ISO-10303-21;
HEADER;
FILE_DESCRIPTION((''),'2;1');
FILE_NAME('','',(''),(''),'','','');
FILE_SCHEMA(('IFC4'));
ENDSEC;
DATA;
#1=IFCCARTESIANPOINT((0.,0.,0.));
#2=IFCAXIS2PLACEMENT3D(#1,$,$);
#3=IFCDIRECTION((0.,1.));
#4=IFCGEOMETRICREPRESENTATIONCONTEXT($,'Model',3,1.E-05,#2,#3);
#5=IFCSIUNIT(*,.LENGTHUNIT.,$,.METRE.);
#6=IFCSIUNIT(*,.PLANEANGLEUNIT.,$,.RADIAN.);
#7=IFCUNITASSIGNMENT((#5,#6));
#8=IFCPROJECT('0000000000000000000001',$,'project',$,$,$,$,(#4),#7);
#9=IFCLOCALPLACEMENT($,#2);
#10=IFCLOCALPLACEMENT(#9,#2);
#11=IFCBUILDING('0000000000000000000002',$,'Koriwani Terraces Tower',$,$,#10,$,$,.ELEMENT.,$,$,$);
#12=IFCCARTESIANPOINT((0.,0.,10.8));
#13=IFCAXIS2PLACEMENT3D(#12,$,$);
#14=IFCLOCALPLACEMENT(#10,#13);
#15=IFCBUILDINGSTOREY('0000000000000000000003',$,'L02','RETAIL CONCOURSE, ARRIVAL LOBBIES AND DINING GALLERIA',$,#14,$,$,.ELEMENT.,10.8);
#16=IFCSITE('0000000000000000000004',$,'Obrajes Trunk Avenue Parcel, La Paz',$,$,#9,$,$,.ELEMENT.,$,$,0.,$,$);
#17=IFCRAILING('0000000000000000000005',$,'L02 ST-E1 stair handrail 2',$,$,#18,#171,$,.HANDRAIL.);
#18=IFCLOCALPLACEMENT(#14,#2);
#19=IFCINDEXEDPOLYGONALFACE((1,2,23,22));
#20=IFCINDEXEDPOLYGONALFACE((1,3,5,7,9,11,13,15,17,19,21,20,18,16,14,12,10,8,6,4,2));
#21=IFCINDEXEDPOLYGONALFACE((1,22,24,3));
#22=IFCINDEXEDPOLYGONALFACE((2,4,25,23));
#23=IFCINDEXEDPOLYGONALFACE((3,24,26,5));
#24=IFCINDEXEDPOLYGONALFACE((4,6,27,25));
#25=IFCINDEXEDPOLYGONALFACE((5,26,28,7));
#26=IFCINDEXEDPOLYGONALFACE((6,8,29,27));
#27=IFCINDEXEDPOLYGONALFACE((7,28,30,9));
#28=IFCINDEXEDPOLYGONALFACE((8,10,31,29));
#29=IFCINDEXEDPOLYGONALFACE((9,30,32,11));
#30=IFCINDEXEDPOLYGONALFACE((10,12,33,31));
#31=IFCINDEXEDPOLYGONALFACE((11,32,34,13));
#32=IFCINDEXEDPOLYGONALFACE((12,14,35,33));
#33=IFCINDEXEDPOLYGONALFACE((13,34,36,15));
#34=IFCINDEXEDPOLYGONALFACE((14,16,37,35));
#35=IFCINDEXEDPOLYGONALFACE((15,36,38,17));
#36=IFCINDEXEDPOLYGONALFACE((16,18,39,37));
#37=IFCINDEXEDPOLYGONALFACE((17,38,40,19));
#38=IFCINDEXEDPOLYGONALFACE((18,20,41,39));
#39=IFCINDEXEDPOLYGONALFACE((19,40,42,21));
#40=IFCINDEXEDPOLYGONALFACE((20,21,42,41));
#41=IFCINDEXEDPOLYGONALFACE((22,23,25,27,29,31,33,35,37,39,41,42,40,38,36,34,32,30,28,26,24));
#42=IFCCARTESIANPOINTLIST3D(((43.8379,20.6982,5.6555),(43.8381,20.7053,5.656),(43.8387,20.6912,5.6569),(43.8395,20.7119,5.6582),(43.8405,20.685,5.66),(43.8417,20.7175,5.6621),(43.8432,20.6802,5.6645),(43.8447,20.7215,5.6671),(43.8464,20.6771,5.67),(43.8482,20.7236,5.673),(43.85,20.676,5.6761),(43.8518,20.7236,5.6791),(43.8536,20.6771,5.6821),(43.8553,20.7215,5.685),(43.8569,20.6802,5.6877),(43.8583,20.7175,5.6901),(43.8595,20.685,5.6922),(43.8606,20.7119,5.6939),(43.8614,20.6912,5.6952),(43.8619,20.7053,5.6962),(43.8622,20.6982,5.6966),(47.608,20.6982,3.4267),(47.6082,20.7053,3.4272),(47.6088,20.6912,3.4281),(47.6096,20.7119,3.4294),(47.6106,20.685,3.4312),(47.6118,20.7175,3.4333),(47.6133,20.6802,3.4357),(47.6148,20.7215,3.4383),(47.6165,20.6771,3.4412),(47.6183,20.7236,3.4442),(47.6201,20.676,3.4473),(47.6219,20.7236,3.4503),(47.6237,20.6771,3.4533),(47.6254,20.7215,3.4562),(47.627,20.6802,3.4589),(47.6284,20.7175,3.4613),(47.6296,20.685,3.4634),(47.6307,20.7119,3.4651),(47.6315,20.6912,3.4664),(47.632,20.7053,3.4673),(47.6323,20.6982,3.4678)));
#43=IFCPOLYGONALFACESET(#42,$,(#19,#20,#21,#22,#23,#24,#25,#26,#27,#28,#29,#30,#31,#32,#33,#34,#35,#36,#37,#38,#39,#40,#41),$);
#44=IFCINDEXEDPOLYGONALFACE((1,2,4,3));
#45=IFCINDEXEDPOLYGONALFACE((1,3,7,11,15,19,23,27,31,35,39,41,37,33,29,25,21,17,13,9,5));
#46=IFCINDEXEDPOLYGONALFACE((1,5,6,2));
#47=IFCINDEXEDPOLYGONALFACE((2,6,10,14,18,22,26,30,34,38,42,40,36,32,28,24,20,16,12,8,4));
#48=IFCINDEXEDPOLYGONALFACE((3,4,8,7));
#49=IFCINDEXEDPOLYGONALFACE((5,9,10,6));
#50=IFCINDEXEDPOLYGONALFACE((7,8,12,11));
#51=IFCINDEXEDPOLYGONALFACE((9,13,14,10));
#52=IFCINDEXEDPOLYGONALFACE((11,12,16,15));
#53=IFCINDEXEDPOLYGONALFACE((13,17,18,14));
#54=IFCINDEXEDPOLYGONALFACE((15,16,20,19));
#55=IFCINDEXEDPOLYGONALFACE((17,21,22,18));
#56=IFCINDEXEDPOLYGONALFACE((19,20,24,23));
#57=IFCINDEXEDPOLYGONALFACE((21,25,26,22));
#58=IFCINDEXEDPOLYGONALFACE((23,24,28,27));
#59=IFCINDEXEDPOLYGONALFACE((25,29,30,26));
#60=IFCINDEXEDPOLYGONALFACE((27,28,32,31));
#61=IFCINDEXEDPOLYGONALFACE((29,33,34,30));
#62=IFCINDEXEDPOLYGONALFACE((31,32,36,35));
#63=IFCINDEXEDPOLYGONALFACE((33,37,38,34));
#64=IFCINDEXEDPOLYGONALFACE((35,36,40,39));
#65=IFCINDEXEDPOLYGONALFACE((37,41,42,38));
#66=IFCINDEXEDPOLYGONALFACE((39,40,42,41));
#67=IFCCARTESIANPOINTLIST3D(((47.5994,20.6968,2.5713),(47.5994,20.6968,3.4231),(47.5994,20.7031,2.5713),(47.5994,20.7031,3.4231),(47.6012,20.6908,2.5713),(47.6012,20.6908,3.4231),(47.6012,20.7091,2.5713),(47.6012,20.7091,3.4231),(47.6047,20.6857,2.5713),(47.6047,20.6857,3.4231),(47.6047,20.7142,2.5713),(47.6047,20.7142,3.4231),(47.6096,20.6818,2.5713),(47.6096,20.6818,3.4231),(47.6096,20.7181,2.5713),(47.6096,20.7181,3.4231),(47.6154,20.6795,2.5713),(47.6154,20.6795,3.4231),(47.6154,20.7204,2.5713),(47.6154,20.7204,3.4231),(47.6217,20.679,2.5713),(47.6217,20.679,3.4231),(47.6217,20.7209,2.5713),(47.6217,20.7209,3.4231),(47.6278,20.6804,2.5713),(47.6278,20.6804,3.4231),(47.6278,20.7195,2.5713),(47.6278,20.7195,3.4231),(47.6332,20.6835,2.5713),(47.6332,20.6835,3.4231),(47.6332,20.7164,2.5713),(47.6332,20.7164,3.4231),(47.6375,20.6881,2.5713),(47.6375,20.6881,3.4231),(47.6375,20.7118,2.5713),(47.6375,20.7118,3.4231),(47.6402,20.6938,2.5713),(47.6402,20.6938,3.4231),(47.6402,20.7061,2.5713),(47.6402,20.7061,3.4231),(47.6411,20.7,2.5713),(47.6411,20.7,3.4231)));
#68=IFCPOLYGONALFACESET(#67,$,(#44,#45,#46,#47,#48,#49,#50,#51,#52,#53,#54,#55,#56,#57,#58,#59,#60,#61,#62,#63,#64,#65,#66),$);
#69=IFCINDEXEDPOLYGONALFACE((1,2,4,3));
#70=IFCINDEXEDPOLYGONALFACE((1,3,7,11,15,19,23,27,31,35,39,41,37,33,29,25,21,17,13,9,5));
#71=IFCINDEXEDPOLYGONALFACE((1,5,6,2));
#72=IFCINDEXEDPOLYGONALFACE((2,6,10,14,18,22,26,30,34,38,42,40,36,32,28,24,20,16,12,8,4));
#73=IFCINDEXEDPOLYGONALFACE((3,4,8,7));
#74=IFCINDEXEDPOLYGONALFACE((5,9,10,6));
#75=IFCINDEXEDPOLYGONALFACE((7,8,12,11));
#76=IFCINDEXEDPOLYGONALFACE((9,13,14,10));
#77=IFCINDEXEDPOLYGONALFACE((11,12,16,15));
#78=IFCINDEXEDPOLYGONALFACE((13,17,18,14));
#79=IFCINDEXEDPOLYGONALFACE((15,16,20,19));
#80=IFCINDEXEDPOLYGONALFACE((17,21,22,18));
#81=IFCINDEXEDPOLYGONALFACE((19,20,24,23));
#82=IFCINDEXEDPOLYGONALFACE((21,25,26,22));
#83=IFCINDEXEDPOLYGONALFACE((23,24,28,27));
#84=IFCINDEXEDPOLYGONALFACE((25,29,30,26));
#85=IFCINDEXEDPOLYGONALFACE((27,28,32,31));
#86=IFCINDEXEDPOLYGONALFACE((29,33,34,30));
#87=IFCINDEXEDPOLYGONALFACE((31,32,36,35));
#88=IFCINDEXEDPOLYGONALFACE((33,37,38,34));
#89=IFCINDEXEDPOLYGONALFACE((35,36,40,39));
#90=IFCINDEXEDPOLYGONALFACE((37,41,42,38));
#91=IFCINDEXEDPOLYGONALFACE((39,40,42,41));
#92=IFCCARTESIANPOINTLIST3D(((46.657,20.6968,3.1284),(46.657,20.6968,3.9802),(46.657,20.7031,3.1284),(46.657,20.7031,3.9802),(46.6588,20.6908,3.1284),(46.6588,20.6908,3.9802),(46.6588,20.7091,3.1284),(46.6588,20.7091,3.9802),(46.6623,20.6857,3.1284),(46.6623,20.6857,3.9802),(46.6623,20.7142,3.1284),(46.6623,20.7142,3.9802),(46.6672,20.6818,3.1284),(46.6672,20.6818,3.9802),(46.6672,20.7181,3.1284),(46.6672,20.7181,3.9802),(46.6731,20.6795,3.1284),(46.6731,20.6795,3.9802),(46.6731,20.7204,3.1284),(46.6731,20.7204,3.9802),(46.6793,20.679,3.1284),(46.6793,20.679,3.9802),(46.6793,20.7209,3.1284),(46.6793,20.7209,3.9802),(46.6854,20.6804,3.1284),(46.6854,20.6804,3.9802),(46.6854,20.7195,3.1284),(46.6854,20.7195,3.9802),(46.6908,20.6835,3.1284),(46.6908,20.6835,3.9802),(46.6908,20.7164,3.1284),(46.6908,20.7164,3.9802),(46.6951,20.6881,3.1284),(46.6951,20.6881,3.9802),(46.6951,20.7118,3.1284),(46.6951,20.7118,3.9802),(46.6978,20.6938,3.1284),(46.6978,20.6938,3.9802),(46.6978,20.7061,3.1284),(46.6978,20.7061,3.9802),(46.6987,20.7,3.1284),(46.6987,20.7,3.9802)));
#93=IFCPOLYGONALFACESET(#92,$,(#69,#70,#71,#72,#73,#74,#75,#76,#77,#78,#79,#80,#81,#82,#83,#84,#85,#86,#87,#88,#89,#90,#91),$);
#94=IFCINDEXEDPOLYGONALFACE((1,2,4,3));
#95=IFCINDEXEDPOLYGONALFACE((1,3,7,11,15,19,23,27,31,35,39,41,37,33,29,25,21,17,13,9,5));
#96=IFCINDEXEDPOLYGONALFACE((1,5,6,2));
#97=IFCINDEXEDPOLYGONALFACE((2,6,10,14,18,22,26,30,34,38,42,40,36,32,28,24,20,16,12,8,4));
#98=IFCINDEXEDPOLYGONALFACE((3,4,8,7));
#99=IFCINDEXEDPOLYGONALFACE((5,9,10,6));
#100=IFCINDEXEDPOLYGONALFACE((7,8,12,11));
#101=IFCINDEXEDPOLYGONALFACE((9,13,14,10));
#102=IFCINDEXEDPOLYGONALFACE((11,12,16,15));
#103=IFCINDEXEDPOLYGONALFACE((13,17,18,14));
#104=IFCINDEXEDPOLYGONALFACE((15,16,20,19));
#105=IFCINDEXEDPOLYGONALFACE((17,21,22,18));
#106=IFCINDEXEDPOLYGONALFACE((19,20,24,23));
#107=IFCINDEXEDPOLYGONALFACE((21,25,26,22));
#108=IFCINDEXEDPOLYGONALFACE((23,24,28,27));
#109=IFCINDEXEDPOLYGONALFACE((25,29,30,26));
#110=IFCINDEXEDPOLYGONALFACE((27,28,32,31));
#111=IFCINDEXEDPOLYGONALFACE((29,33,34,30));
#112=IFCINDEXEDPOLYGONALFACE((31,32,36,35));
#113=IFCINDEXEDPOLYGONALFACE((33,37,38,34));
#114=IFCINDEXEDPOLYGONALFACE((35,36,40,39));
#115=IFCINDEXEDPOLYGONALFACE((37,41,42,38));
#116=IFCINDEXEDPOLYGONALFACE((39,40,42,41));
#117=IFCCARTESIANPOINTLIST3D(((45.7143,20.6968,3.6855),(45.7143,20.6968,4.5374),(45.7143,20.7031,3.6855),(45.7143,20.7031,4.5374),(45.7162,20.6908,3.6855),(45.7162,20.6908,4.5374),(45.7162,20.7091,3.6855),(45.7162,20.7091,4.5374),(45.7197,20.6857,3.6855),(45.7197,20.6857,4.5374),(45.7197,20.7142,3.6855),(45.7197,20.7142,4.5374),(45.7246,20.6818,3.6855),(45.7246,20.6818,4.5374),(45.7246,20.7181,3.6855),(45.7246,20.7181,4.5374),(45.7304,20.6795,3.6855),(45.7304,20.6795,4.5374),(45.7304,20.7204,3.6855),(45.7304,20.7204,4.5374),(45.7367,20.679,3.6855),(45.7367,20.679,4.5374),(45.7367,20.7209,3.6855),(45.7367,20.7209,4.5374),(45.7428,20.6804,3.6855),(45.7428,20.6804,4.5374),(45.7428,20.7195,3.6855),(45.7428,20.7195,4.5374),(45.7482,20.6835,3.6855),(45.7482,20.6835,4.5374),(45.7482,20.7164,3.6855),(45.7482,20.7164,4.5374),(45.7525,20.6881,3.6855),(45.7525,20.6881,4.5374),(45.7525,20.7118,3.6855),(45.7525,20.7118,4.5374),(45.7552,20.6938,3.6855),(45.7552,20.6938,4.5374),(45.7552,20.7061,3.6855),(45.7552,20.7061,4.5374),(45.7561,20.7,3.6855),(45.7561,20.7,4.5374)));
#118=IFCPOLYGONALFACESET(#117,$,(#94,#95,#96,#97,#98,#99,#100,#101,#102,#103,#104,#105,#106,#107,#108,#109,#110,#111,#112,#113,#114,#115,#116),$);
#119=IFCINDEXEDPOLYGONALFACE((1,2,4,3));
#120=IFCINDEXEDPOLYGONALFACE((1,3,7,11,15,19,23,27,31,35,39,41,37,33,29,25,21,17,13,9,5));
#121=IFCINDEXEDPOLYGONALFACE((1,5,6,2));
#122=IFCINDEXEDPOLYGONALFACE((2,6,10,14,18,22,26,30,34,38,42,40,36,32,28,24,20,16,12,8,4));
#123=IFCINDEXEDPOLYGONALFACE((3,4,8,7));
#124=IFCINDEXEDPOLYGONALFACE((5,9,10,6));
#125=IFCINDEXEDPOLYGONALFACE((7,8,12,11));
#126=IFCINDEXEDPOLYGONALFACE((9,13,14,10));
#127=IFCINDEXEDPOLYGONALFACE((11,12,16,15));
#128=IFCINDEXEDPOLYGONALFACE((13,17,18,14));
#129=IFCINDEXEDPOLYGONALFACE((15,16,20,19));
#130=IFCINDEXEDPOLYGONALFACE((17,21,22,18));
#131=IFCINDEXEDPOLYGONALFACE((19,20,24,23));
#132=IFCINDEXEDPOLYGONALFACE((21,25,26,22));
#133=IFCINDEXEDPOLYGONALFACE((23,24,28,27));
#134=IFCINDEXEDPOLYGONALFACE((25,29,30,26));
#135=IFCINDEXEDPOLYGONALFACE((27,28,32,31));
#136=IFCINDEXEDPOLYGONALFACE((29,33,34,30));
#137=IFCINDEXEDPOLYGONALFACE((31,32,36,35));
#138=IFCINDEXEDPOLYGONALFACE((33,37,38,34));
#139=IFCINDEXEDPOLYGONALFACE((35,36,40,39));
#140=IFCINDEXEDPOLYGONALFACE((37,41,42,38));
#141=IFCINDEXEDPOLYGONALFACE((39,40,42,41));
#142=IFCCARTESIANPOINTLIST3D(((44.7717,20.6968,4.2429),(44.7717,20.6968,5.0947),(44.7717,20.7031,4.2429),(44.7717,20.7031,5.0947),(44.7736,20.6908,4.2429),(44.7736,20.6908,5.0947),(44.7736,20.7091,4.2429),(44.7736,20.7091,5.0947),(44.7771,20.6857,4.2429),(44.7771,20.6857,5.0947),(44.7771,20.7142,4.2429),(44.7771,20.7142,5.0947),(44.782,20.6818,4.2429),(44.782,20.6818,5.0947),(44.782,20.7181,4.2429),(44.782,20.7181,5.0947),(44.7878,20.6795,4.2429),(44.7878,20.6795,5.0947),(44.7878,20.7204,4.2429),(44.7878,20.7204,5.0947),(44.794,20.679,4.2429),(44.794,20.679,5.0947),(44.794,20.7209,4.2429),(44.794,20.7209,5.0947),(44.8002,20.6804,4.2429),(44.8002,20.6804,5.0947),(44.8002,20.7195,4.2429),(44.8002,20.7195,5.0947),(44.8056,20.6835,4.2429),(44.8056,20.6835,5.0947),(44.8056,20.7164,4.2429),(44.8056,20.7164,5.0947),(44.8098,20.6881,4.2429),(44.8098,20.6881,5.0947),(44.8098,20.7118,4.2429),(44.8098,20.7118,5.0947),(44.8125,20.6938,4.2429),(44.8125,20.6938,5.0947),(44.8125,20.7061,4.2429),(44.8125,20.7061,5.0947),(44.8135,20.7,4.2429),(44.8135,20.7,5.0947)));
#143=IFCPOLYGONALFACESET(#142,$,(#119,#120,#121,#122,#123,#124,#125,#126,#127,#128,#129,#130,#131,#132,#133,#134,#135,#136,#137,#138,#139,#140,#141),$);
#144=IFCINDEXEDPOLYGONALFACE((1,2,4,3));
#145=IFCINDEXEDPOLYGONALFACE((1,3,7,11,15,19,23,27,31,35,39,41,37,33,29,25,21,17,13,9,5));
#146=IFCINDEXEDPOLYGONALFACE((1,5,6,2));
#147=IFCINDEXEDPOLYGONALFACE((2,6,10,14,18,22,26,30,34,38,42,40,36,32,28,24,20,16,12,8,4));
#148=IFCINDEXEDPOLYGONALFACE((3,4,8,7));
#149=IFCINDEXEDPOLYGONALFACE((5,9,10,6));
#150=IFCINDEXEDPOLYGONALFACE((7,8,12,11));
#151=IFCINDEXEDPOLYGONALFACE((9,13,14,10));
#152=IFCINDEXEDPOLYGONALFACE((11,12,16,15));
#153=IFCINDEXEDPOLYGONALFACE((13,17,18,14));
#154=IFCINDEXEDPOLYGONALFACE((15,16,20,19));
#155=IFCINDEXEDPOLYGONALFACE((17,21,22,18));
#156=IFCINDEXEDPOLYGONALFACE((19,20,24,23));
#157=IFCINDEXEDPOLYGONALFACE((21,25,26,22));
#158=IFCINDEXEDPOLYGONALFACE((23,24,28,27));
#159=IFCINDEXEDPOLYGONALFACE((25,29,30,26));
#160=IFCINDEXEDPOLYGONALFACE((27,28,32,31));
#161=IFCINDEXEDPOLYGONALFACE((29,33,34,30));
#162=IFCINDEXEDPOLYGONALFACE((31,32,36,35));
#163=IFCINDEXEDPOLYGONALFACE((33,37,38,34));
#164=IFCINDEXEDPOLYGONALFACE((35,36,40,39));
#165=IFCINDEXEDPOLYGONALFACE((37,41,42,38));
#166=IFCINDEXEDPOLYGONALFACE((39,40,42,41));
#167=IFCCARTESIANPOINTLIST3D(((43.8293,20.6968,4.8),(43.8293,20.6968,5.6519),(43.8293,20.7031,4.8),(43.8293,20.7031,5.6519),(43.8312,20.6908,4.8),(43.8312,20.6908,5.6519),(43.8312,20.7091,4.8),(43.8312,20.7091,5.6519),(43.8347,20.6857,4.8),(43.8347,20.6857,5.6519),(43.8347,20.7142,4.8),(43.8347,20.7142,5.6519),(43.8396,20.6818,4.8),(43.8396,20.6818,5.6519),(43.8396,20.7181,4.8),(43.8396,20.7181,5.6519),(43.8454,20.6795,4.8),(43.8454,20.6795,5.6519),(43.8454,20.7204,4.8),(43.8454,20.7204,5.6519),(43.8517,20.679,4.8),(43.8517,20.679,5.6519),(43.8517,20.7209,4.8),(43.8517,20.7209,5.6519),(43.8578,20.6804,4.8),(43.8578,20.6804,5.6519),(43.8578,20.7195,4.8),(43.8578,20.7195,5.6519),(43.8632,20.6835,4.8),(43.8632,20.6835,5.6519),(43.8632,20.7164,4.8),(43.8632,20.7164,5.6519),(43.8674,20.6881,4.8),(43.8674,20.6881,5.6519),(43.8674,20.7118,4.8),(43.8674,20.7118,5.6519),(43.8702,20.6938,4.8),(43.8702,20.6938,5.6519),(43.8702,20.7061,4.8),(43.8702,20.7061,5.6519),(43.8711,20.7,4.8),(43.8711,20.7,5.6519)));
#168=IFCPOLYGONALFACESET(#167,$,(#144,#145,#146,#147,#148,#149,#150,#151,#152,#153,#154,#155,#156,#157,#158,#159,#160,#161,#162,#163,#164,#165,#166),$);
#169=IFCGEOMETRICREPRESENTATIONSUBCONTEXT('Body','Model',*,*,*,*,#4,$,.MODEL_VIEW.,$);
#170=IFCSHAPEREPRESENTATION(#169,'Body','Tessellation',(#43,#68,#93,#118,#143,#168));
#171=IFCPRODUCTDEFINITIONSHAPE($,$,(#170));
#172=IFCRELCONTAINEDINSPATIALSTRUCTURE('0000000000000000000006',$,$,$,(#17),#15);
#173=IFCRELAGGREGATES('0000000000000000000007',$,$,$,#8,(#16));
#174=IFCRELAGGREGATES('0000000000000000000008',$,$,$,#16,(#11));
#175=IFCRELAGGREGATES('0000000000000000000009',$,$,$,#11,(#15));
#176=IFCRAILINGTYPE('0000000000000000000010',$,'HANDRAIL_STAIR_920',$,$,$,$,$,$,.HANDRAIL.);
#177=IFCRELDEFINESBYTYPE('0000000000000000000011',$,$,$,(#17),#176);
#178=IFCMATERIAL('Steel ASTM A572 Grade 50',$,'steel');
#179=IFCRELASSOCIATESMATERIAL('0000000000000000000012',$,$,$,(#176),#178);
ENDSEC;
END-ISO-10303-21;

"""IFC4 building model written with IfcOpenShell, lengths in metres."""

from ifc_helpers import new_model, si_unit, direction, frame, origin, origin_2d, place, context, subcontext, project, spatial, circle, extrude, material, type_object, element, save


model = new_model("IFC4")

# Units and contexts
model_context = context("Model", 3, precision=1e-05, world=origin(), true_north=direction((0.0, 1.0)))
body_context = subcontext(model_context, "Body", "Model", "MODEL_VIEW")
ifc_project = project(units=[si_unit("LENGTHUNIT", "METRE"), si_unit("PLANEANGLEUNIT", "RADIAN")], contexts=[model_context])

# Site, building, storey
site_placement = place(None, origin())
site = spatial("IfcSite", under=ifc_project, at=site_placement, Name="Obrajes Trunk Avenue Parcel, La Paz", CompositionType="ELEMENT", RefElevation=0.0)
building_placement = place(site_placement, origin())
building = spatial("IfcBuilding", under=site, at=building_placement, Name="Koriwani Terraces Tower", CompositionType="ELEMENT")
storey_placement = place(building_placement, frame((0.0, 0.0, 10.8)))
storey = spatial("IfcBuildingStorey", under=building, at=storey_placement, Name="L02", Description="RETAIL CONCOURSE, ARRIVAL LOBBIES AND DINING GALLERIA", CompositionType="ELEMENT", Elevation=10.8)

# Shared definitions
ifc_material_1 = material(Name="Steel ASTM A572 Grade 50", Category="steel")

# Railing
railing_type_1 = type_object("IfcRailingType", Name="HANDRAIL_STAIR_920", PredefinedType="HANDRAIL", material=ifc_material_1)
railing_1_placement = place(storey_placement, frame((47.6201, 20.7, 2.5713)))
element("IfcRailing", 1, at=railing_1_placement, inside=storey, type_object=railing_type_1, Name="L02 ST-E1 stair handrail 2", PredefinedType="HANDRAIL", context=body_context, shape_type="SweptSolid", body=[
    extrude(circle(Radius=0.0239, at=origin_2d()), frame((0.0, 0.0, 0.876), z_axis=(-0.860824, 0.0, 0.508902), x_axis=(0.0, -1.0, 0.0)), (0.0, 0.0, 1.0), 4.3796),
    extrude(circle(Radius=0.021, at=origin_2d()), origin(), (0.0, 0.0, 1.0), 0.8518),
    extrude(circle(Radius=0.021, at=origin_2d()), frame((-0.9424, 0.0, 0.5571)), (0.0, 0.0, 1.0), 0.8518),
    extrude(circle(Radius=0.021, at=origin_2d()), frame((-1.885, 0.0, 1.1143)), (0.0, 0.0, 1.0), 0.8518),
    extrude(circle(Radius=0.021, at=origin_2d()), frame((-2.8276, 0.0, 1.6716)), (0.0, 0.0, 1.0), 0.8518),
    extrude(circle(Radius=0.021, at=origin_2d()), frame((-3.77, 0.0, 2.2288)), (0.0, 0.0, 1.0), 0.8518),
])

save(model, "model.ifc")
